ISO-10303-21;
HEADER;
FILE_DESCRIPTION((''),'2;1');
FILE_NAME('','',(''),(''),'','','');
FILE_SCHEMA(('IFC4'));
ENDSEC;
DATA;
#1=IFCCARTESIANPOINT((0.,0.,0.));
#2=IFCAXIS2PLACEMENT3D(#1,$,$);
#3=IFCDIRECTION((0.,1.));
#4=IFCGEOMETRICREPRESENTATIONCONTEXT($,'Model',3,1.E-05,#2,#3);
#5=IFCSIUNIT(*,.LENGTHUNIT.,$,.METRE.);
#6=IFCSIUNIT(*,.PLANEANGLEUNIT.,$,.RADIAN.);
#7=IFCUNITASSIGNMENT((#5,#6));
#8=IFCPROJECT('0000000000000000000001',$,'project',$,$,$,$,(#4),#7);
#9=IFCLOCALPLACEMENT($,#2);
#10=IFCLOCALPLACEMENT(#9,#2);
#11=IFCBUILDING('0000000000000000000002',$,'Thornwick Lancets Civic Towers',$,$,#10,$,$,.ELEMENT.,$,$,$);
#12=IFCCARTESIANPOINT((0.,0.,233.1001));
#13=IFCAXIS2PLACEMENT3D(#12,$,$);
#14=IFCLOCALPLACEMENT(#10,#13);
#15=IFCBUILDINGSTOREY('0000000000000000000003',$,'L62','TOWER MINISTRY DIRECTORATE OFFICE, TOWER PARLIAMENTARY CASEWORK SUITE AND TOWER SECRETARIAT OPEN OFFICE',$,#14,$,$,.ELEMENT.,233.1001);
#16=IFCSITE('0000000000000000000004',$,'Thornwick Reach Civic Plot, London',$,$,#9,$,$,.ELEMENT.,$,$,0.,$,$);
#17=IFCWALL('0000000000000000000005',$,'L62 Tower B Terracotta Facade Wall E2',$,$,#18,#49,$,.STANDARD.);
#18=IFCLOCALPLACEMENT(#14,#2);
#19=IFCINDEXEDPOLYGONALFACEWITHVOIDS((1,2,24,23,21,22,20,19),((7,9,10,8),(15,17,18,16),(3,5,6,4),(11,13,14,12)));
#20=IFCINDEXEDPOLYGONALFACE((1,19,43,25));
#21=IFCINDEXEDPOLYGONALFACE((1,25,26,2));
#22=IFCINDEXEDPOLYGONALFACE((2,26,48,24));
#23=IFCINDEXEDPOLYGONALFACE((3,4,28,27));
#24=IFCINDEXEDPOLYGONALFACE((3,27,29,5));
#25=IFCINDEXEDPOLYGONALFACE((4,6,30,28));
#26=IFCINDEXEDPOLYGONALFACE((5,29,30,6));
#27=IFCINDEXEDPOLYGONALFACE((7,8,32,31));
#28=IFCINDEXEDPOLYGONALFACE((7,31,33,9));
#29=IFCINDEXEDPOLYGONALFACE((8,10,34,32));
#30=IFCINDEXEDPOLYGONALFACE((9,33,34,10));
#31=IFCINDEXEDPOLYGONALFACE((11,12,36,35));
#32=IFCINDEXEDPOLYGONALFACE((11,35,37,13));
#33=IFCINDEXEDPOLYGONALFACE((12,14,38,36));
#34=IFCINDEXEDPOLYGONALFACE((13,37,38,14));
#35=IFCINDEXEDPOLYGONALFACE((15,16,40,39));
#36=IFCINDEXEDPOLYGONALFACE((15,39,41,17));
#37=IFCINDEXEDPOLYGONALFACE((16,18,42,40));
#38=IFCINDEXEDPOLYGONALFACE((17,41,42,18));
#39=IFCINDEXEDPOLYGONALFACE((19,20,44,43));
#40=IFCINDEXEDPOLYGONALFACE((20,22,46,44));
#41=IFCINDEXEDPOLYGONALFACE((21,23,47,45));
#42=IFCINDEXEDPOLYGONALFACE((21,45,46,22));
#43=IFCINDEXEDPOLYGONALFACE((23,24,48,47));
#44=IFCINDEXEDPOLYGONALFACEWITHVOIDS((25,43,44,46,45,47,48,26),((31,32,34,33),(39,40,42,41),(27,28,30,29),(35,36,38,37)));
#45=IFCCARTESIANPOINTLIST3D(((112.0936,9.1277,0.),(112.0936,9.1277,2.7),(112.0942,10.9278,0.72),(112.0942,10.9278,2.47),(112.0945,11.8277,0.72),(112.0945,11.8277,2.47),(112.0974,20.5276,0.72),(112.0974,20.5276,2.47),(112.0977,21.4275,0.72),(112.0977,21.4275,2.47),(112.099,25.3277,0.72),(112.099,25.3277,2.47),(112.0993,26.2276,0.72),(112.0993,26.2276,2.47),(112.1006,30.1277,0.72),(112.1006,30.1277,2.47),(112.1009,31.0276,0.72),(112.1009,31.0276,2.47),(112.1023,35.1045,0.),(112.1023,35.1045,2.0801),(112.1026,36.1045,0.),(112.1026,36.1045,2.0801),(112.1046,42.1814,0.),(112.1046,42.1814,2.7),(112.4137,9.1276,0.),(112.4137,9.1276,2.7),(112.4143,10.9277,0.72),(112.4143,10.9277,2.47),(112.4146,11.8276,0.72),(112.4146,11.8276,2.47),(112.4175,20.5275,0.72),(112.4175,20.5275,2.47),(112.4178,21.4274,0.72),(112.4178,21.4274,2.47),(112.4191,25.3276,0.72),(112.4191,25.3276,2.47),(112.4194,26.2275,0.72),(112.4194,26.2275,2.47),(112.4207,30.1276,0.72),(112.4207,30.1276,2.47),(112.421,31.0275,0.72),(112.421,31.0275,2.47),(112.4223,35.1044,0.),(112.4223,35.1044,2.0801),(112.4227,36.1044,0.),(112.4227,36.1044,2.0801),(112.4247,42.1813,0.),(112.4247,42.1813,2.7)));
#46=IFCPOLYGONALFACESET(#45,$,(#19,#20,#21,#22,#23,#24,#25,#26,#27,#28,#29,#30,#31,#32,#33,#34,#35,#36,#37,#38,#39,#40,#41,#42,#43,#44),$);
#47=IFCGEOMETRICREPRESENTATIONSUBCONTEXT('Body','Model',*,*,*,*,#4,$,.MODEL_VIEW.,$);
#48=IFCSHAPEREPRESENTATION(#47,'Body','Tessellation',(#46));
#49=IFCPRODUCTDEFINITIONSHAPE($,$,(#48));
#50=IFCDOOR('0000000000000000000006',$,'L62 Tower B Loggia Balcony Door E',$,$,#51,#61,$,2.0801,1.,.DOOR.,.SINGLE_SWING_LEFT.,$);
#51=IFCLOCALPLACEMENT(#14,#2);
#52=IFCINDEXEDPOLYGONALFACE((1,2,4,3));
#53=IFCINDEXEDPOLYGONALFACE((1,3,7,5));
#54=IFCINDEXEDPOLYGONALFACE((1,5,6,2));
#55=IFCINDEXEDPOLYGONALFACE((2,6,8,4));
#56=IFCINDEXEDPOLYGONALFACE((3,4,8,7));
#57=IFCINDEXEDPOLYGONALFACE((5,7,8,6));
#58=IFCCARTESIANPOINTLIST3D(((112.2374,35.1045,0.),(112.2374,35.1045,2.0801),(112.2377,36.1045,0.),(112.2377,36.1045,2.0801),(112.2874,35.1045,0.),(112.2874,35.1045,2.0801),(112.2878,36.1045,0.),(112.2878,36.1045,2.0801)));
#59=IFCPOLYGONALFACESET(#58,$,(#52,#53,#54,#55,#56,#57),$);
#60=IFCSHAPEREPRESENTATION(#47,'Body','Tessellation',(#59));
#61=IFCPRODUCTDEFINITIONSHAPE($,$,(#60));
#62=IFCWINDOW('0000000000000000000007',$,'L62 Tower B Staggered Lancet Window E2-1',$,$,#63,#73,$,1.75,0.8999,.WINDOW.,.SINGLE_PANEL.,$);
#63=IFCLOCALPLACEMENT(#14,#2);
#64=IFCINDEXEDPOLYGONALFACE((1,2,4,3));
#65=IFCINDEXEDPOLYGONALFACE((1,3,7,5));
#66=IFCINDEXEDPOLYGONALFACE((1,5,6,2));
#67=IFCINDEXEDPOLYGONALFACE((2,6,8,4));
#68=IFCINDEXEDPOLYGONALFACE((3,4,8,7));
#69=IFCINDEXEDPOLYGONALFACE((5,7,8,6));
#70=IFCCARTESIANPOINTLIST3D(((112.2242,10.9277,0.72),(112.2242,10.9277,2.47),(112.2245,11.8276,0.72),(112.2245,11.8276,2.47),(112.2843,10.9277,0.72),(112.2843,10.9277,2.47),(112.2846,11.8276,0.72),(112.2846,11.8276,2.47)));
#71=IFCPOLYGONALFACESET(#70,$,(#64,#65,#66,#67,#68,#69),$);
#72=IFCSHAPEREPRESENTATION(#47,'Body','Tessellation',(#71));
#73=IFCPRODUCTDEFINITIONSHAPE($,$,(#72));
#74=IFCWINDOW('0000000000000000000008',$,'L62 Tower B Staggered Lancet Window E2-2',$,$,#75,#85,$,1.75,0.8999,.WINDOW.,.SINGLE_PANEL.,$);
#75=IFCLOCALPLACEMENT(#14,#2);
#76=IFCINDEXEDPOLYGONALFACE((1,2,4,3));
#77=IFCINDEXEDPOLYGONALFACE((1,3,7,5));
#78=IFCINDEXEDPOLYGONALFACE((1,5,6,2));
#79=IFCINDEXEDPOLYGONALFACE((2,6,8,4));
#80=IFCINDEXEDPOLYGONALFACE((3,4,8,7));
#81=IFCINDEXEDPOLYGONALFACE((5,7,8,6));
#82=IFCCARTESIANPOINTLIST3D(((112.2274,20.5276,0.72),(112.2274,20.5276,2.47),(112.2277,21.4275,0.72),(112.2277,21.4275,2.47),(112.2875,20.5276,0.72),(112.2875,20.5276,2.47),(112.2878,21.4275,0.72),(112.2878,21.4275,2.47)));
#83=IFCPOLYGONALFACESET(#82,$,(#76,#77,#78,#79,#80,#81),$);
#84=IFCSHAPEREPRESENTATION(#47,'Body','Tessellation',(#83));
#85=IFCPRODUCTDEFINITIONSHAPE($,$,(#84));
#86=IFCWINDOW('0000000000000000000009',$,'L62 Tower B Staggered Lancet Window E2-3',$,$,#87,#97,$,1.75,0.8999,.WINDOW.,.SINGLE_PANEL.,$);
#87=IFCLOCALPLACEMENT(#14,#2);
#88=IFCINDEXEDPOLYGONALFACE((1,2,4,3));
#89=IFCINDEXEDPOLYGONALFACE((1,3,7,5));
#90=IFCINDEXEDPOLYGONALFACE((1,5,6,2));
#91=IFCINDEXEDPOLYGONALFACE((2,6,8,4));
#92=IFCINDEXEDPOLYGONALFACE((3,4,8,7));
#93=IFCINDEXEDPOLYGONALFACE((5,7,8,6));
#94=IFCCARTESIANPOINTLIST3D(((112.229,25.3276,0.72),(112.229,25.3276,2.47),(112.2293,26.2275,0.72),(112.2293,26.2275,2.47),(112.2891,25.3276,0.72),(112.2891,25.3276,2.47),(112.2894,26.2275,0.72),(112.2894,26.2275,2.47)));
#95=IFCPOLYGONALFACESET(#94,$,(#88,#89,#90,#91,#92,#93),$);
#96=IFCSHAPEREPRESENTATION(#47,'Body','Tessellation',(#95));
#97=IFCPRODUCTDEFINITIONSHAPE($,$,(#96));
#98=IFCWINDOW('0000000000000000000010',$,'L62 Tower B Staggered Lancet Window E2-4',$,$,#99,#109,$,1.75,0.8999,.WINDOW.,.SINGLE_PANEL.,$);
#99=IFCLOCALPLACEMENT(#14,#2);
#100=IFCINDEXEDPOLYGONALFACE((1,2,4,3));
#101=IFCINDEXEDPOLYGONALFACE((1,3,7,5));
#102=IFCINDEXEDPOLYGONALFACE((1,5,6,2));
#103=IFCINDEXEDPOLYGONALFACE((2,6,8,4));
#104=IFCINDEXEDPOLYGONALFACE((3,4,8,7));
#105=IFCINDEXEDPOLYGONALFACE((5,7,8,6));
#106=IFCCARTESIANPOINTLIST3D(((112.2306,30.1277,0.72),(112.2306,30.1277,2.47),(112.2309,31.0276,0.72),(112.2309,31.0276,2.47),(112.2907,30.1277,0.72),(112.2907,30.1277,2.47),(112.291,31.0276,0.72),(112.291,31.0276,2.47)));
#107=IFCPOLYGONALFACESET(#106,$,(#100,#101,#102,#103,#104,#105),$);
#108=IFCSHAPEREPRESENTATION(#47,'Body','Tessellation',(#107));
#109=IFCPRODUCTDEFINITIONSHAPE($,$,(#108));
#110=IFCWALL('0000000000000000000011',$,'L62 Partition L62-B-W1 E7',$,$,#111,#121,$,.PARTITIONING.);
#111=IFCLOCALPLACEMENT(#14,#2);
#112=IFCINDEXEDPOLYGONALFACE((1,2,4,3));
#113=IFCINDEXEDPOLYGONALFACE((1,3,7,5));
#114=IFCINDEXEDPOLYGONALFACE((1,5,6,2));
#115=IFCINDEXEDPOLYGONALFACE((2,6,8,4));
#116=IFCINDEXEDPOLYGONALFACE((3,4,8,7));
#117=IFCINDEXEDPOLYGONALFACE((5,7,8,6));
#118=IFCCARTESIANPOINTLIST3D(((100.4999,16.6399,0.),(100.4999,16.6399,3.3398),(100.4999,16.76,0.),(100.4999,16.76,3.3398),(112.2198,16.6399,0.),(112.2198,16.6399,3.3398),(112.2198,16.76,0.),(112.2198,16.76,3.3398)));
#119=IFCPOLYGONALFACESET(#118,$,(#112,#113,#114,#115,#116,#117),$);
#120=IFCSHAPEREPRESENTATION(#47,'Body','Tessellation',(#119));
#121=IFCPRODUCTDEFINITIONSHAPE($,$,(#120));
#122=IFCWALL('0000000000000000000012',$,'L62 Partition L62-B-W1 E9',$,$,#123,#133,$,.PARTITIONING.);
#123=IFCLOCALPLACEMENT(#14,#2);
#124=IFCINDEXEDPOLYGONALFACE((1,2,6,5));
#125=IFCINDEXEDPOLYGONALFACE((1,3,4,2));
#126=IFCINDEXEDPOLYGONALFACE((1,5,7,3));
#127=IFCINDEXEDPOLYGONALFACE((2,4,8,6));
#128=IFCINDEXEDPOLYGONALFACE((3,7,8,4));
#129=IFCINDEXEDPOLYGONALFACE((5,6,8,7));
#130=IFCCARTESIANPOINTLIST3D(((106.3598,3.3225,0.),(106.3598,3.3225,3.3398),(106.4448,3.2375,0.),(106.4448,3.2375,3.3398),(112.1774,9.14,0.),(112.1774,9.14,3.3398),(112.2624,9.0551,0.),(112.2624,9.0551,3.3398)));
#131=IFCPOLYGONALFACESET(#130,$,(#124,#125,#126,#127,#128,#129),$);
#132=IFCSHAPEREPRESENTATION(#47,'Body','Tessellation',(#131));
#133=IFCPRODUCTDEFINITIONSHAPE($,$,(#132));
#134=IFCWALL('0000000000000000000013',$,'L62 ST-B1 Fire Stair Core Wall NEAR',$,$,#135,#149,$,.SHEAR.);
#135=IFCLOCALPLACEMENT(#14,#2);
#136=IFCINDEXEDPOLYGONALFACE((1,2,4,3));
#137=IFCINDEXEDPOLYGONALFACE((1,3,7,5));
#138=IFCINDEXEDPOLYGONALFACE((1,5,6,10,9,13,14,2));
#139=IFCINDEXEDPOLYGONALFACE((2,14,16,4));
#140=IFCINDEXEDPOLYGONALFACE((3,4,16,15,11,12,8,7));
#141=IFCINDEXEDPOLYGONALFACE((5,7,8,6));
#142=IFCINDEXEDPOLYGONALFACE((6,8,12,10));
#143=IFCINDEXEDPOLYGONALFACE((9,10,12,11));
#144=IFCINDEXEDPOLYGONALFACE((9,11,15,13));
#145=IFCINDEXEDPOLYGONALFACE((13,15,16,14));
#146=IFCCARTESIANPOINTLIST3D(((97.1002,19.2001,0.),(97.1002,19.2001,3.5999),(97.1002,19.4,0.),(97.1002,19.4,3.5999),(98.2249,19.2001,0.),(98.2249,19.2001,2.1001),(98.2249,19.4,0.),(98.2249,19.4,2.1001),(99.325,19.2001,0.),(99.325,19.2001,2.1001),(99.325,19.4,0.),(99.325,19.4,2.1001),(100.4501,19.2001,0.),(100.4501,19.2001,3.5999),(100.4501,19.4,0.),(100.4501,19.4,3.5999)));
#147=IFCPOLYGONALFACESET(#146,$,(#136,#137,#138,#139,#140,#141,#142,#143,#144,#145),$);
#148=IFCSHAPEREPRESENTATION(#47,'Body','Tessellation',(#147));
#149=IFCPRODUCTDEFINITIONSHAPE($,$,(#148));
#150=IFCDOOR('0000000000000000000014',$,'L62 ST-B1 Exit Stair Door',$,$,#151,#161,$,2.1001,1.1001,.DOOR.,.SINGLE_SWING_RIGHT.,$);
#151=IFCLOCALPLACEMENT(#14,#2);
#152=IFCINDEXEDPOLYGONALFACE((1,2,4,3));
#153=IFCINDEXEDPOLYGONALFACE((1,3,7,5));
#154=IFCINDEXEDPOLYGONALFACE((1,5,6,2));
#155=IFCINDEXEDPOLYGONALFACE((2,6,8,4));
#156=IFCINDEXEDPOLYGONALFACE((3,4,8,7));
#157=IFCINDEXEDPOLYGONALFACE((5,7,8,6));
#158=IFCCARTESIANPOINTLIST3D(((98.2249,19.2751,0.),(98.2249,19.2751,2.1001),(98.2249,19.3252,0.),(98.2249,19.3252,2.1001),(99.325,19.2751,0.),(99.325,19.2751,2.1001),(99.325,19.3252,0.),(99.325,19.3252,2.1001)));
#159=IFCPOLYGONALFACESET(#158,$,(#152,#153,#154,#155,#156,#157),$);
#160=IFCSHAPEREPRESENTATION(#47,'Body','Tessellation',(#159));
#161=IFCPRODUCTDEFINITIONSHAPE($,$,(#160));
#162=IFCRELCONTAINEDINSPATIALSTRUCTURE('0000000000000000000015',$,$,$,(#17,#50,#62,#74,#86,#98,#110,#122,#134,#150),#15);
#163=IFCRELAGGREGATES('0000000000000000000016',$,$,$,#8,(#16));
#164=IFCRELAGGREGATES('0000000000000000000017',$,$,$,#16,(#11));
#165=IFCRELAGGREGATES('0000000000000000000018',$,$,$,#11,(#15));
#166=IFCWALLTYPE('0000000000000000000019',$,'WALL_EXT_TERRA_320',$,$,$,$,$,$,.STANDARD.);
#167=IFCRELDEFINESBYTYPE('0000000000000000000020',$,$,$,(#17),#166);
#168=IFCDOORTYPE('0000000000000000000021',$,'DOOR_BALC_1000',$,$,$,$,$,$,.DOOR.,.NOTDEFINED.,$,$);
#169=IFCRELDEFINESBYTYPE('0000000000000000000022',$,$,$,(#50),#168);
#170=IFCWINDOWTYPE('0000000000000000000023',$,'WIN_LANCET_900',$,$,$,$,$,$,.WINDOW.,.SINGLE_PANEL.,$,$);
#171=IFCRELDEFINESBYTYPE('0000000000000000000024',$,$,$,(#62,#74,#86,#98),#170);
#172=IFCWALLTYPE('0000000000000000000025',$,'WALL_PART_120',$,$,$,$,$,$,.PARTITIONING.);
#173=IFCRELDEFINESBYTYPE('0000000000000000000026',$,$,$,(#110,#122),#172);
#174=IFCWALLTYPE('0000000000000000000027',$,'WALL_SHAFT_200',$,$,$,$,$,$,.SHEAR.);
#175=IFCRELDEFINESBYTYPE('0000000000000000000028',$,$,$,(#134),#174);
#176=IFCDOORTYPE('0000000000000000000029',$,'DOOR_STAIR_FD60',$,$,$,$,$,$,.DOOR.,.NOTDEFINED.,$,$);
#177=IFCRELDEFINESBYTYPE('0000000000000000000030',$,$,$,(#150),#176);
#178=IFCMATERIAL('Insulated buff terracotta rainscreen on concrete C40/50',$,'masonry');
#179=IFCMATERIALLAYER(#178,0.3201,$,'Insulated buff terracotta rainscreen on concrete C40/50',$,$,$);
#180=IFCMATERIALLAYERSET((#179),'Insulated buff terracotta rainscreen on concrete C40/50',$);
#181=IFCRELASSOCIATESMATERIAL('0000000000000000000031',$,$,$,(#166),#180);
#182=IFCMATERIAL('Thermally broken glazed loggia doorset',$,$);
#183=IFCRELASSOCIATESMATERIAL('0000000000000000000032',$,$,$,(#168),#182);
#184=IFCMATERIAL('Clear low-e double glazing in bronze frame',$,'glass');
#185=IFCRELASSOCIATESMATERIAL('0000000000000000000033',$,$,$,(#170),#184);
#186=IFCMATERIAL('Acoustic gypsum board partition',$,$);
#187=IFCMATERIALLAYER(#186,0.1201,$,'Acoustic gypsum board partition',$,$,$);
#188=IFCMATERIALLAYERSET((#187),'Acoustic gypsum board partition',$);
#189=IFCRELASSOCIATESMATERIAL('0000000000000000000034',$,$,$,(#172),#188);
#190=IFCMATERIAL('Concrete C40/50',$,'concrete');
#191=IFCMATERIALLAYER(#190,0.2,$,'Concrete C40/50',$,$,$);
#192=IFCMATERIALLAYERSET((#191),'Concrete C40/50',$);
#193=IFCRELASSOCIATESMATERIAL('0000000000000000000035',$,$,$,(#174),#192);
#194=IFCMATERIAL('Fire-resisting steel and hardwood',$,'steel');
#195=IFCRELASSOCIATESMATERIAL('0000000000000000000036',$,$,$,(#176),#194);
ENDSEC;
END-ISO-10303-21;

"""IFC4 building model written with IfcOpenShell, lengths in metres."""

from ifc_helpers import new_model, si_unit, direction, frame, frame_2d, origin, place, context, subcontext, project, spatial, rectangle, extrude, material, layer, layer_set, type_object, element, fill, save


model = new_model("IFC4")

# Units and contexts
model_context = context("Model", 3, precision=1e-05, world=origin(), true_north=direction((0.0, 1.0)))
body_context = subcontext(model_context, "Body", "Model", "MODEL_VIEW")
ifc_project = project(units=[si_unit("LENGTHUNIT", "METRE"), si_unit("PLANEANGLEUNIT", "RADIAN")], contexts=[model_context])

# Site, building, storey
site_placement = place(None, origin())
site = spatial("IfcSite", under=ifc_project, at=site_placement, Name="Thornwick Reach Civic Plot, London", CompositionType="ELEMENT", RefElevation=0.0)
building_placement = place(site_placement, origin())
building = spatial("IfcBuilding", under=site, at=building_placement, Name="Thornwick Lancets Civic Towers", CompositionType="ELEMENT")
storey_placement = place(building_placement, frame((0.0, 0.0, 233.1001)))
storey = spatial("IfcBuildingStorey", under=building, at=storey_placement, Name="L62", Description="TOWER MINISTRY DIRECTORATE OFFICE, TOWER PARLIAMENTARY CASEWORK SUITE AND TOWER SECRETARIAT OPEN OFFICE", CompositionType="ELEMENT", Elevation=233.1001)

# Shared definitions
ifc_material_1 = material(Name="Concrete C40/50", Category="concrete")

# Wall, openings, door, windows
ifc_material_2 = material(Name="Insulated buff terracotta rainscreen on concrete C40/50", Category="masonry")
ifc_layer_1 = layer(ifc_material_2, 0.3201, Name="Insulated buff terracotta rainscreen on concrete C40/50")
ifc_layer_set_1 = layer_set([ifc_layer_1], Name="Insulated buff terracotta rainscreen on concrete C40/50")
wall_type_1 = type_object("IfcWallType", Name="WALL_EXT_TERRA_320", PredefinedType="STANDARD", material=ifc_layer_set_1)
wall_1_placement = place(storey_placement, frame((112.2537, 9.1277, 0.0), z_axis=(0.0, 0.0, 1.0), x_axis=(0.000332, 1.0, 0.0)))
wall_1 = element("IfcWall", 1, at=wall_1_placement, inside=storey, type_object=wall_type_1, Name="L62 Tower B Terracotta Facade Wall E2", PredefinedType="STANDARD", context=body_context, shape_type="SweptSolid", body=[
    extrude(rectangle(XDim=33.0537, YDim=0.3201, at=frame_2d((16.5269, 0.0))), origin(), (0.0, 0.0, 1.0), 2.7),
])
opening_1_placement = place(wall_1_placement, frame((25.9768, 0.0, 0.0)))
opening_1 = element("IfcOpeningElement", 2, at=opening_1_placement, cuts=wall_1, PredefinedType="OPENING", context=body_context, shape_type="SweptSolid", body=[
    extrude(rectangle(XDim=1.0, YDim=2.0801, at=frame_2d((0.5, 1.04))), frame((0.0, 0.1699, 0.0), z_axis=(0.0, -1.0, 0.0), x_axis=(1.0, 0.0, 0.0)), (0.0, 0.0, 1.0), 0.3401),
])
opening_2_placement = place(wall_1_placement, frame((1.8, 0.0, 0.72)))
opening_2 = element("IfcOpeningElement", 3, at=opening_2_placement, cuts=wall_1, PredefinedType="OPENING", context=body_context, shape_type="SweptSolid", body=[
    extrude(rectangle(XDim=0.8999, YDim=1.75, at=frame_2d((0.45, 0.875))), frame((0.0, 0.1699, 0.0), z_axis=(0.0, -1.0, 0.0), x_axis=(1.0, 0.0, 0.0)), (0.0, 0.0, 1.0), 0.3401),
])
opening_3_placement = place(wall_1_placement, frame((11.3999, 0.0, 0.72)))
opening_3 = element("IfcOpeningElement", 4, at=opening_3_placement, cuts=wall_1, PredefinedType="OPENING", context=body_context, shape_type="SweptSolid", body=[
    extrude(rectangle(XDim=0.8999, YDim=1.75, at=frame_2d((0.45, 0.875))), frame((0.0, 0.1699, 0.0), z_axis=(0.0, -1.0, 0.0), x_axis=(1.0, 0.0, 0.0)), (0.0, 0.0, 1.0), 0.3401),
])
opening_4_placement = place(wall_1_placement, frame((16.2, 0.0, 0.72)))
opening_4 = element("IfcOpeningElement", 5, at=opening_4_placement, cuts=wall_1, PredefinedType="OPENING", context=body_context, shape_type="SweptSolid", body=[
    extrude(rectangle(XDim=0.8999, YDim=1.75, at=frame_2d((0.45, 0.875))), frame((0.0, 0.1699, 0.0), z_axis=(0.0, -1.0, 0.0), x_axis=(1.0, 0.0, 0.0)), (0.0, 0.0, 1.0), 0.3401),
])
opening_5_placement = place(wall_1_placement, frame((21.0, 0.0, 0.72)))
opening_5 = element("IfcOpeningElement", 6, at=opening_5_placement, cuts=wall_1, PredefinedType="OPENING", context=body_context, shape_type="SweptSolid", body=[
    extrude(rectangle(XDim=0.8999, YDim=1.75, at=frame_2d((0.45, 0.875))), frame((0.0, 0.1699, 0.0), z_axis=(0.0, -1.0, 0.0), x_axis=(1.0, 0.0, 0.0)), (0.0, 0.0, 1.0), 0.3401),
])
ifc_material_3 = material(Name="Thermally broken glazed loggia doorset")
door_type_1 = type_object("IfcDoorType", Name="DOOR_BALC_1000", OperationType="NOTDEFINED", PredefinedType="DOOR", material=ifc_material_3)
door_1_placement = place(opening_1_placement, origin())
door_1 = element("IfcDoor", 7, at=door_1_placement, inside=storey, type_object=door_type_1, Name="L62 Tower B Loggia Balcony Door E", OperationType="SINGLE_SWING_LEFT", OverallHeight=2.0801, OverallWidth=1.0, PredefinedType="DOOR", context=body_context, shape_type="SweptSolid", body=[
    extrude(rectangle(XDim=1.0, YDim=2.0801, at=frame_2d((0.5, 1.04))), frame((0.0, 0.0249, 0.0), z_axis=(0.0, -1.0, 0.0), x_axis=(1.0, 0.0, 0.0)), (0.0, 0.0, 1.0), 0.05),
])
fill(opening_1, door_1)
ifc_material_4 = material(Name="Clear low-e double glazing in bronze frame", Category="glass")
window_type = type_object("IfcWindowType", Name="WIN_LANCET_900", PartitioningType="SINGLE_PANEL", PredefinedType="WINDOW", material=ifc_material_4)
window_1_placement = place(opening_2_placement, origin())
window_1 = element("IfcWindow", 8, at=window_1_placement, inside=storey, type_object=window_type, Name="L62 Tower B Staggered Lancet Window E2-1", OverallHeight=1.75, OverallWidth=0.8999, PartitioningType="SINGLE_PANEL", PredefinedType="WINDOW", context=body_context, shape_type="SweptSolid", body=[
    extrude(rectangle(XDim=0.8999, YDim=1.75, at=frame_2d((0.45, 0.875))), frame((0.0, 0.03, 0.0), z_axis=(0.0, -1.0, 0.0), x_axis=(1.0, 0.0, 0.0)), (0.0, 0.0, 1.0), 0.0601),
])
fill(opening_2, window_1)
window_2_placement = place(opening_3_placement, origin())
window_2 = element("IfcWindow", 9, at=window_2_placement, inside=storey, type_object=window_type, Name="L62 Tower B Staggered Lancet Window E2-2", OverallHeight=1.75, OverallWidth=0.8999, PartitioningType="SINGLE_PANEL", PredefinedType="WINDOW", context=body_context, shape_type="SweptSolid", body=[
    extrude(rectangle(XDim=0.8999, YDim=1.75, at=frame_2d((0.45, 0.875))), frame((0.0, 0.03, 0.0), z_axis=(0.0, -1.0, 0.0), x_axis=(1.0, 0.0, 0.0)), (0.0, 0.0, 1.0), 0.0601),
])
fill(opening_3, window_2)
window_3_placement = place(opening_4_placement, origin())
window_3 = element("IfcWindow", 10, at=window_3_placement, inside=storey, type_object=window_type, Name="L62 Tower B Staggered Lancet Window E2-3", OverallHeight=1.75, OverallWidth=0.8999, PartitioningType="SINGLE_PANEL", PredefinedType="WINDOW", context=body_context, shape_type="SweptSolid", body=[
    extrude(rectangle(XDim=0.8999, YDim=1.75, at=frame_2d((0.45, 0.875))), frame((0.0, 0.03, 0.0), z_axis=(0.0, -1.0, 0.0), x_axis=(1.0, 0.0, 0.0)), (0.0, 0.0, 1.0), 0.0601),
])
fill(opening_4, window_3)
window_4_placement = place(opening_5_placement, origin())
window_4 = element("IfcWindow", 11, at=window_4_placement, inside=storey, type_object=window_type, Name="L62 Tower B Staggered Lancet Window E2-4", OverallHeight=1.75, OverallWidth=0.8999, PartitioningType="SINGLE_PANEL", PredefinedType="WINDOW", context=body_context, shape_type="SweptSolid", body=[
    extrude(rectangle(XDim=0.8999, YDim=1.75, at=frame_2d((0.45, 0.875))), frame((0.0, 0.03, 0.0), z_axis=(0.0, -1.0, 0.0), x_axis=(1.0, 0.0, 0.0)), (0.0, 0.0, 1.0), 0.0601),
])
fill(opening_5, window_4)

# Walls
ifc_material_5 = material(Name="Acoustic gypsum board partition")
ifc_layer_2 = layer(ifc_material_5, 0.1201, Name="Acoustic gypsum board partition")
ifc_layer_set_2 = layer_set([ifc_layer_2], Name="Acoustic gypsum board partition")
wall_type_2 = type_object("IfcWallType", Name="WALL_PART_120", PredefinedType="PARTITIONING", material=ifc_layer_set_2)
wall_2_placement = place(storey_placement, frame((100.5, 16.7, 0.0), z_axis=(0.0, 0.0, 1.0), x_axis=(1.0, 0.0, 0.0)))
element("IfcWall", 12, at=wall_2_placement, inside=storey, type_object=wall_type_2, Name="L62 Partition L62-B-W1 E7", PredefinedType="PARTITIONING", context=body_context, shape_type="SweptSolid", body=[
    extrude(rectangle(XDim=11.72, YDim=0.1201, at=frame_2d((5.8599, 0.0))), origin(), (0.0, 0.0, 1.0), 3.3398),
])
wall_3_placement = place(storey_placement, frame((112.22, 9.0977, 0.0), z_axis=(0.0, 0.0, 1.0), x_axis=(-0.707107, -0.707107, 0.0)))
element("IfcWall", 13, at=wall_3_placement, inside=storey, type_object=wall_type_2, Name="L62 Partition L62-B-W1 E9", PredefinedType="PARTITIONING", context=body_context, shape_type="SweptSolid", body=[
    extrude(rectangle(XDim=8.2273, YDim=0.1201, at=frame_2d((4.1138, 0.0))), origin(), (0.0, 0.0, 1.0), 3.3398),
])

# Wall, opening, door
ifc_layer_3 = layer(ifc_material_1, 0.2, Name="Concrete C40/50")
ifc_layer_set_3 = layer_set([ifc_layer_3], Name="Concrete C40/50")
wall_type_3 = type_object("IfcWallType", Name="WALL_SHAFT_200", PredefinedType="SHEAR", material=ifc_layer_set_3)
wall_4_placement = place(storey_placement, frame((100.45, 19.3, 0.0), z_axis=(0.0, 0.0, 1.0), x_axis=(-1.0, 0.0, 0.0)))
wall_4 = element("IfcWall", 14, at=wall_4_placement, inside=storey, type_object=wall_type_3, Name="L62 ST-B1 Fire Stair Core Wall NEAR", PredefinedType="SHEAR", context=body_context, shape_type="SweptSolid", body=[
    extrude(rectangle(XDim=3.3499, YDim=0.2, at=frame_2d((1.6748, 0.0))), origin(), (0.0, 0.0, 1.0), 3.5999),
])
opening_6_placement = place(wall_4_placement, frame((1.125, 0.0, 0.0)))
opening_6 = element("IfcOpeningElement", 15, at=opening_6_placement, cuts=wall_4, PredefinedType="OPENING", context=body_context, shape_type="SweptSolid", body=[
    extrude(rectangle(XDim=1.1001, YDim=2.1001, at=frame_2d((0.55, 1.05))), frame((0.0, 0.1099, 0.0), z_axis=(0.0, -1.0, 0.0), x_axis=(1.0, 0.0, 0.0)), (0.0, 0.0, 1.0), 0.22),
])
ifc_material_6 = material(Name="Fire-resisting steel and hardwood", Category="steel")
door_type_2 = type_object("IfcDoorType", Name="DOOR_STAIR_FD60", OperationType="NOTDEFINED", PredefinedType="DOOR", material=ifc_material_6)
door_2_placement = place(opening_6_placement, origin())
door_2 = element("IfcDoor", 16, at=door_2_placement, inside=storey, type_object=door_type_2, Name="L62 ST-B1 Exit Stair Door", OperationType="SINGLE_SWING_RIGHT", OverallHeight=2.1001, OverallWidth=1.1001, PredefinedType="DOOR", context=body_context, shape_type="SweptSolid", body=[
    extrude(rectangle(XDim=1.1001, YDim=2.1001, at=frame_2d((0.55, 1.05))), frame((0.0, 0.0249, 0.0), z_axis=(0.0, -1.0, 0.0), x_axis=(1.0, 0.0, 0.0)), (0.0, 0.0, 1.0), 0.05),
])
fill(opening_6, door_2)

save(model, "model.ifc")
